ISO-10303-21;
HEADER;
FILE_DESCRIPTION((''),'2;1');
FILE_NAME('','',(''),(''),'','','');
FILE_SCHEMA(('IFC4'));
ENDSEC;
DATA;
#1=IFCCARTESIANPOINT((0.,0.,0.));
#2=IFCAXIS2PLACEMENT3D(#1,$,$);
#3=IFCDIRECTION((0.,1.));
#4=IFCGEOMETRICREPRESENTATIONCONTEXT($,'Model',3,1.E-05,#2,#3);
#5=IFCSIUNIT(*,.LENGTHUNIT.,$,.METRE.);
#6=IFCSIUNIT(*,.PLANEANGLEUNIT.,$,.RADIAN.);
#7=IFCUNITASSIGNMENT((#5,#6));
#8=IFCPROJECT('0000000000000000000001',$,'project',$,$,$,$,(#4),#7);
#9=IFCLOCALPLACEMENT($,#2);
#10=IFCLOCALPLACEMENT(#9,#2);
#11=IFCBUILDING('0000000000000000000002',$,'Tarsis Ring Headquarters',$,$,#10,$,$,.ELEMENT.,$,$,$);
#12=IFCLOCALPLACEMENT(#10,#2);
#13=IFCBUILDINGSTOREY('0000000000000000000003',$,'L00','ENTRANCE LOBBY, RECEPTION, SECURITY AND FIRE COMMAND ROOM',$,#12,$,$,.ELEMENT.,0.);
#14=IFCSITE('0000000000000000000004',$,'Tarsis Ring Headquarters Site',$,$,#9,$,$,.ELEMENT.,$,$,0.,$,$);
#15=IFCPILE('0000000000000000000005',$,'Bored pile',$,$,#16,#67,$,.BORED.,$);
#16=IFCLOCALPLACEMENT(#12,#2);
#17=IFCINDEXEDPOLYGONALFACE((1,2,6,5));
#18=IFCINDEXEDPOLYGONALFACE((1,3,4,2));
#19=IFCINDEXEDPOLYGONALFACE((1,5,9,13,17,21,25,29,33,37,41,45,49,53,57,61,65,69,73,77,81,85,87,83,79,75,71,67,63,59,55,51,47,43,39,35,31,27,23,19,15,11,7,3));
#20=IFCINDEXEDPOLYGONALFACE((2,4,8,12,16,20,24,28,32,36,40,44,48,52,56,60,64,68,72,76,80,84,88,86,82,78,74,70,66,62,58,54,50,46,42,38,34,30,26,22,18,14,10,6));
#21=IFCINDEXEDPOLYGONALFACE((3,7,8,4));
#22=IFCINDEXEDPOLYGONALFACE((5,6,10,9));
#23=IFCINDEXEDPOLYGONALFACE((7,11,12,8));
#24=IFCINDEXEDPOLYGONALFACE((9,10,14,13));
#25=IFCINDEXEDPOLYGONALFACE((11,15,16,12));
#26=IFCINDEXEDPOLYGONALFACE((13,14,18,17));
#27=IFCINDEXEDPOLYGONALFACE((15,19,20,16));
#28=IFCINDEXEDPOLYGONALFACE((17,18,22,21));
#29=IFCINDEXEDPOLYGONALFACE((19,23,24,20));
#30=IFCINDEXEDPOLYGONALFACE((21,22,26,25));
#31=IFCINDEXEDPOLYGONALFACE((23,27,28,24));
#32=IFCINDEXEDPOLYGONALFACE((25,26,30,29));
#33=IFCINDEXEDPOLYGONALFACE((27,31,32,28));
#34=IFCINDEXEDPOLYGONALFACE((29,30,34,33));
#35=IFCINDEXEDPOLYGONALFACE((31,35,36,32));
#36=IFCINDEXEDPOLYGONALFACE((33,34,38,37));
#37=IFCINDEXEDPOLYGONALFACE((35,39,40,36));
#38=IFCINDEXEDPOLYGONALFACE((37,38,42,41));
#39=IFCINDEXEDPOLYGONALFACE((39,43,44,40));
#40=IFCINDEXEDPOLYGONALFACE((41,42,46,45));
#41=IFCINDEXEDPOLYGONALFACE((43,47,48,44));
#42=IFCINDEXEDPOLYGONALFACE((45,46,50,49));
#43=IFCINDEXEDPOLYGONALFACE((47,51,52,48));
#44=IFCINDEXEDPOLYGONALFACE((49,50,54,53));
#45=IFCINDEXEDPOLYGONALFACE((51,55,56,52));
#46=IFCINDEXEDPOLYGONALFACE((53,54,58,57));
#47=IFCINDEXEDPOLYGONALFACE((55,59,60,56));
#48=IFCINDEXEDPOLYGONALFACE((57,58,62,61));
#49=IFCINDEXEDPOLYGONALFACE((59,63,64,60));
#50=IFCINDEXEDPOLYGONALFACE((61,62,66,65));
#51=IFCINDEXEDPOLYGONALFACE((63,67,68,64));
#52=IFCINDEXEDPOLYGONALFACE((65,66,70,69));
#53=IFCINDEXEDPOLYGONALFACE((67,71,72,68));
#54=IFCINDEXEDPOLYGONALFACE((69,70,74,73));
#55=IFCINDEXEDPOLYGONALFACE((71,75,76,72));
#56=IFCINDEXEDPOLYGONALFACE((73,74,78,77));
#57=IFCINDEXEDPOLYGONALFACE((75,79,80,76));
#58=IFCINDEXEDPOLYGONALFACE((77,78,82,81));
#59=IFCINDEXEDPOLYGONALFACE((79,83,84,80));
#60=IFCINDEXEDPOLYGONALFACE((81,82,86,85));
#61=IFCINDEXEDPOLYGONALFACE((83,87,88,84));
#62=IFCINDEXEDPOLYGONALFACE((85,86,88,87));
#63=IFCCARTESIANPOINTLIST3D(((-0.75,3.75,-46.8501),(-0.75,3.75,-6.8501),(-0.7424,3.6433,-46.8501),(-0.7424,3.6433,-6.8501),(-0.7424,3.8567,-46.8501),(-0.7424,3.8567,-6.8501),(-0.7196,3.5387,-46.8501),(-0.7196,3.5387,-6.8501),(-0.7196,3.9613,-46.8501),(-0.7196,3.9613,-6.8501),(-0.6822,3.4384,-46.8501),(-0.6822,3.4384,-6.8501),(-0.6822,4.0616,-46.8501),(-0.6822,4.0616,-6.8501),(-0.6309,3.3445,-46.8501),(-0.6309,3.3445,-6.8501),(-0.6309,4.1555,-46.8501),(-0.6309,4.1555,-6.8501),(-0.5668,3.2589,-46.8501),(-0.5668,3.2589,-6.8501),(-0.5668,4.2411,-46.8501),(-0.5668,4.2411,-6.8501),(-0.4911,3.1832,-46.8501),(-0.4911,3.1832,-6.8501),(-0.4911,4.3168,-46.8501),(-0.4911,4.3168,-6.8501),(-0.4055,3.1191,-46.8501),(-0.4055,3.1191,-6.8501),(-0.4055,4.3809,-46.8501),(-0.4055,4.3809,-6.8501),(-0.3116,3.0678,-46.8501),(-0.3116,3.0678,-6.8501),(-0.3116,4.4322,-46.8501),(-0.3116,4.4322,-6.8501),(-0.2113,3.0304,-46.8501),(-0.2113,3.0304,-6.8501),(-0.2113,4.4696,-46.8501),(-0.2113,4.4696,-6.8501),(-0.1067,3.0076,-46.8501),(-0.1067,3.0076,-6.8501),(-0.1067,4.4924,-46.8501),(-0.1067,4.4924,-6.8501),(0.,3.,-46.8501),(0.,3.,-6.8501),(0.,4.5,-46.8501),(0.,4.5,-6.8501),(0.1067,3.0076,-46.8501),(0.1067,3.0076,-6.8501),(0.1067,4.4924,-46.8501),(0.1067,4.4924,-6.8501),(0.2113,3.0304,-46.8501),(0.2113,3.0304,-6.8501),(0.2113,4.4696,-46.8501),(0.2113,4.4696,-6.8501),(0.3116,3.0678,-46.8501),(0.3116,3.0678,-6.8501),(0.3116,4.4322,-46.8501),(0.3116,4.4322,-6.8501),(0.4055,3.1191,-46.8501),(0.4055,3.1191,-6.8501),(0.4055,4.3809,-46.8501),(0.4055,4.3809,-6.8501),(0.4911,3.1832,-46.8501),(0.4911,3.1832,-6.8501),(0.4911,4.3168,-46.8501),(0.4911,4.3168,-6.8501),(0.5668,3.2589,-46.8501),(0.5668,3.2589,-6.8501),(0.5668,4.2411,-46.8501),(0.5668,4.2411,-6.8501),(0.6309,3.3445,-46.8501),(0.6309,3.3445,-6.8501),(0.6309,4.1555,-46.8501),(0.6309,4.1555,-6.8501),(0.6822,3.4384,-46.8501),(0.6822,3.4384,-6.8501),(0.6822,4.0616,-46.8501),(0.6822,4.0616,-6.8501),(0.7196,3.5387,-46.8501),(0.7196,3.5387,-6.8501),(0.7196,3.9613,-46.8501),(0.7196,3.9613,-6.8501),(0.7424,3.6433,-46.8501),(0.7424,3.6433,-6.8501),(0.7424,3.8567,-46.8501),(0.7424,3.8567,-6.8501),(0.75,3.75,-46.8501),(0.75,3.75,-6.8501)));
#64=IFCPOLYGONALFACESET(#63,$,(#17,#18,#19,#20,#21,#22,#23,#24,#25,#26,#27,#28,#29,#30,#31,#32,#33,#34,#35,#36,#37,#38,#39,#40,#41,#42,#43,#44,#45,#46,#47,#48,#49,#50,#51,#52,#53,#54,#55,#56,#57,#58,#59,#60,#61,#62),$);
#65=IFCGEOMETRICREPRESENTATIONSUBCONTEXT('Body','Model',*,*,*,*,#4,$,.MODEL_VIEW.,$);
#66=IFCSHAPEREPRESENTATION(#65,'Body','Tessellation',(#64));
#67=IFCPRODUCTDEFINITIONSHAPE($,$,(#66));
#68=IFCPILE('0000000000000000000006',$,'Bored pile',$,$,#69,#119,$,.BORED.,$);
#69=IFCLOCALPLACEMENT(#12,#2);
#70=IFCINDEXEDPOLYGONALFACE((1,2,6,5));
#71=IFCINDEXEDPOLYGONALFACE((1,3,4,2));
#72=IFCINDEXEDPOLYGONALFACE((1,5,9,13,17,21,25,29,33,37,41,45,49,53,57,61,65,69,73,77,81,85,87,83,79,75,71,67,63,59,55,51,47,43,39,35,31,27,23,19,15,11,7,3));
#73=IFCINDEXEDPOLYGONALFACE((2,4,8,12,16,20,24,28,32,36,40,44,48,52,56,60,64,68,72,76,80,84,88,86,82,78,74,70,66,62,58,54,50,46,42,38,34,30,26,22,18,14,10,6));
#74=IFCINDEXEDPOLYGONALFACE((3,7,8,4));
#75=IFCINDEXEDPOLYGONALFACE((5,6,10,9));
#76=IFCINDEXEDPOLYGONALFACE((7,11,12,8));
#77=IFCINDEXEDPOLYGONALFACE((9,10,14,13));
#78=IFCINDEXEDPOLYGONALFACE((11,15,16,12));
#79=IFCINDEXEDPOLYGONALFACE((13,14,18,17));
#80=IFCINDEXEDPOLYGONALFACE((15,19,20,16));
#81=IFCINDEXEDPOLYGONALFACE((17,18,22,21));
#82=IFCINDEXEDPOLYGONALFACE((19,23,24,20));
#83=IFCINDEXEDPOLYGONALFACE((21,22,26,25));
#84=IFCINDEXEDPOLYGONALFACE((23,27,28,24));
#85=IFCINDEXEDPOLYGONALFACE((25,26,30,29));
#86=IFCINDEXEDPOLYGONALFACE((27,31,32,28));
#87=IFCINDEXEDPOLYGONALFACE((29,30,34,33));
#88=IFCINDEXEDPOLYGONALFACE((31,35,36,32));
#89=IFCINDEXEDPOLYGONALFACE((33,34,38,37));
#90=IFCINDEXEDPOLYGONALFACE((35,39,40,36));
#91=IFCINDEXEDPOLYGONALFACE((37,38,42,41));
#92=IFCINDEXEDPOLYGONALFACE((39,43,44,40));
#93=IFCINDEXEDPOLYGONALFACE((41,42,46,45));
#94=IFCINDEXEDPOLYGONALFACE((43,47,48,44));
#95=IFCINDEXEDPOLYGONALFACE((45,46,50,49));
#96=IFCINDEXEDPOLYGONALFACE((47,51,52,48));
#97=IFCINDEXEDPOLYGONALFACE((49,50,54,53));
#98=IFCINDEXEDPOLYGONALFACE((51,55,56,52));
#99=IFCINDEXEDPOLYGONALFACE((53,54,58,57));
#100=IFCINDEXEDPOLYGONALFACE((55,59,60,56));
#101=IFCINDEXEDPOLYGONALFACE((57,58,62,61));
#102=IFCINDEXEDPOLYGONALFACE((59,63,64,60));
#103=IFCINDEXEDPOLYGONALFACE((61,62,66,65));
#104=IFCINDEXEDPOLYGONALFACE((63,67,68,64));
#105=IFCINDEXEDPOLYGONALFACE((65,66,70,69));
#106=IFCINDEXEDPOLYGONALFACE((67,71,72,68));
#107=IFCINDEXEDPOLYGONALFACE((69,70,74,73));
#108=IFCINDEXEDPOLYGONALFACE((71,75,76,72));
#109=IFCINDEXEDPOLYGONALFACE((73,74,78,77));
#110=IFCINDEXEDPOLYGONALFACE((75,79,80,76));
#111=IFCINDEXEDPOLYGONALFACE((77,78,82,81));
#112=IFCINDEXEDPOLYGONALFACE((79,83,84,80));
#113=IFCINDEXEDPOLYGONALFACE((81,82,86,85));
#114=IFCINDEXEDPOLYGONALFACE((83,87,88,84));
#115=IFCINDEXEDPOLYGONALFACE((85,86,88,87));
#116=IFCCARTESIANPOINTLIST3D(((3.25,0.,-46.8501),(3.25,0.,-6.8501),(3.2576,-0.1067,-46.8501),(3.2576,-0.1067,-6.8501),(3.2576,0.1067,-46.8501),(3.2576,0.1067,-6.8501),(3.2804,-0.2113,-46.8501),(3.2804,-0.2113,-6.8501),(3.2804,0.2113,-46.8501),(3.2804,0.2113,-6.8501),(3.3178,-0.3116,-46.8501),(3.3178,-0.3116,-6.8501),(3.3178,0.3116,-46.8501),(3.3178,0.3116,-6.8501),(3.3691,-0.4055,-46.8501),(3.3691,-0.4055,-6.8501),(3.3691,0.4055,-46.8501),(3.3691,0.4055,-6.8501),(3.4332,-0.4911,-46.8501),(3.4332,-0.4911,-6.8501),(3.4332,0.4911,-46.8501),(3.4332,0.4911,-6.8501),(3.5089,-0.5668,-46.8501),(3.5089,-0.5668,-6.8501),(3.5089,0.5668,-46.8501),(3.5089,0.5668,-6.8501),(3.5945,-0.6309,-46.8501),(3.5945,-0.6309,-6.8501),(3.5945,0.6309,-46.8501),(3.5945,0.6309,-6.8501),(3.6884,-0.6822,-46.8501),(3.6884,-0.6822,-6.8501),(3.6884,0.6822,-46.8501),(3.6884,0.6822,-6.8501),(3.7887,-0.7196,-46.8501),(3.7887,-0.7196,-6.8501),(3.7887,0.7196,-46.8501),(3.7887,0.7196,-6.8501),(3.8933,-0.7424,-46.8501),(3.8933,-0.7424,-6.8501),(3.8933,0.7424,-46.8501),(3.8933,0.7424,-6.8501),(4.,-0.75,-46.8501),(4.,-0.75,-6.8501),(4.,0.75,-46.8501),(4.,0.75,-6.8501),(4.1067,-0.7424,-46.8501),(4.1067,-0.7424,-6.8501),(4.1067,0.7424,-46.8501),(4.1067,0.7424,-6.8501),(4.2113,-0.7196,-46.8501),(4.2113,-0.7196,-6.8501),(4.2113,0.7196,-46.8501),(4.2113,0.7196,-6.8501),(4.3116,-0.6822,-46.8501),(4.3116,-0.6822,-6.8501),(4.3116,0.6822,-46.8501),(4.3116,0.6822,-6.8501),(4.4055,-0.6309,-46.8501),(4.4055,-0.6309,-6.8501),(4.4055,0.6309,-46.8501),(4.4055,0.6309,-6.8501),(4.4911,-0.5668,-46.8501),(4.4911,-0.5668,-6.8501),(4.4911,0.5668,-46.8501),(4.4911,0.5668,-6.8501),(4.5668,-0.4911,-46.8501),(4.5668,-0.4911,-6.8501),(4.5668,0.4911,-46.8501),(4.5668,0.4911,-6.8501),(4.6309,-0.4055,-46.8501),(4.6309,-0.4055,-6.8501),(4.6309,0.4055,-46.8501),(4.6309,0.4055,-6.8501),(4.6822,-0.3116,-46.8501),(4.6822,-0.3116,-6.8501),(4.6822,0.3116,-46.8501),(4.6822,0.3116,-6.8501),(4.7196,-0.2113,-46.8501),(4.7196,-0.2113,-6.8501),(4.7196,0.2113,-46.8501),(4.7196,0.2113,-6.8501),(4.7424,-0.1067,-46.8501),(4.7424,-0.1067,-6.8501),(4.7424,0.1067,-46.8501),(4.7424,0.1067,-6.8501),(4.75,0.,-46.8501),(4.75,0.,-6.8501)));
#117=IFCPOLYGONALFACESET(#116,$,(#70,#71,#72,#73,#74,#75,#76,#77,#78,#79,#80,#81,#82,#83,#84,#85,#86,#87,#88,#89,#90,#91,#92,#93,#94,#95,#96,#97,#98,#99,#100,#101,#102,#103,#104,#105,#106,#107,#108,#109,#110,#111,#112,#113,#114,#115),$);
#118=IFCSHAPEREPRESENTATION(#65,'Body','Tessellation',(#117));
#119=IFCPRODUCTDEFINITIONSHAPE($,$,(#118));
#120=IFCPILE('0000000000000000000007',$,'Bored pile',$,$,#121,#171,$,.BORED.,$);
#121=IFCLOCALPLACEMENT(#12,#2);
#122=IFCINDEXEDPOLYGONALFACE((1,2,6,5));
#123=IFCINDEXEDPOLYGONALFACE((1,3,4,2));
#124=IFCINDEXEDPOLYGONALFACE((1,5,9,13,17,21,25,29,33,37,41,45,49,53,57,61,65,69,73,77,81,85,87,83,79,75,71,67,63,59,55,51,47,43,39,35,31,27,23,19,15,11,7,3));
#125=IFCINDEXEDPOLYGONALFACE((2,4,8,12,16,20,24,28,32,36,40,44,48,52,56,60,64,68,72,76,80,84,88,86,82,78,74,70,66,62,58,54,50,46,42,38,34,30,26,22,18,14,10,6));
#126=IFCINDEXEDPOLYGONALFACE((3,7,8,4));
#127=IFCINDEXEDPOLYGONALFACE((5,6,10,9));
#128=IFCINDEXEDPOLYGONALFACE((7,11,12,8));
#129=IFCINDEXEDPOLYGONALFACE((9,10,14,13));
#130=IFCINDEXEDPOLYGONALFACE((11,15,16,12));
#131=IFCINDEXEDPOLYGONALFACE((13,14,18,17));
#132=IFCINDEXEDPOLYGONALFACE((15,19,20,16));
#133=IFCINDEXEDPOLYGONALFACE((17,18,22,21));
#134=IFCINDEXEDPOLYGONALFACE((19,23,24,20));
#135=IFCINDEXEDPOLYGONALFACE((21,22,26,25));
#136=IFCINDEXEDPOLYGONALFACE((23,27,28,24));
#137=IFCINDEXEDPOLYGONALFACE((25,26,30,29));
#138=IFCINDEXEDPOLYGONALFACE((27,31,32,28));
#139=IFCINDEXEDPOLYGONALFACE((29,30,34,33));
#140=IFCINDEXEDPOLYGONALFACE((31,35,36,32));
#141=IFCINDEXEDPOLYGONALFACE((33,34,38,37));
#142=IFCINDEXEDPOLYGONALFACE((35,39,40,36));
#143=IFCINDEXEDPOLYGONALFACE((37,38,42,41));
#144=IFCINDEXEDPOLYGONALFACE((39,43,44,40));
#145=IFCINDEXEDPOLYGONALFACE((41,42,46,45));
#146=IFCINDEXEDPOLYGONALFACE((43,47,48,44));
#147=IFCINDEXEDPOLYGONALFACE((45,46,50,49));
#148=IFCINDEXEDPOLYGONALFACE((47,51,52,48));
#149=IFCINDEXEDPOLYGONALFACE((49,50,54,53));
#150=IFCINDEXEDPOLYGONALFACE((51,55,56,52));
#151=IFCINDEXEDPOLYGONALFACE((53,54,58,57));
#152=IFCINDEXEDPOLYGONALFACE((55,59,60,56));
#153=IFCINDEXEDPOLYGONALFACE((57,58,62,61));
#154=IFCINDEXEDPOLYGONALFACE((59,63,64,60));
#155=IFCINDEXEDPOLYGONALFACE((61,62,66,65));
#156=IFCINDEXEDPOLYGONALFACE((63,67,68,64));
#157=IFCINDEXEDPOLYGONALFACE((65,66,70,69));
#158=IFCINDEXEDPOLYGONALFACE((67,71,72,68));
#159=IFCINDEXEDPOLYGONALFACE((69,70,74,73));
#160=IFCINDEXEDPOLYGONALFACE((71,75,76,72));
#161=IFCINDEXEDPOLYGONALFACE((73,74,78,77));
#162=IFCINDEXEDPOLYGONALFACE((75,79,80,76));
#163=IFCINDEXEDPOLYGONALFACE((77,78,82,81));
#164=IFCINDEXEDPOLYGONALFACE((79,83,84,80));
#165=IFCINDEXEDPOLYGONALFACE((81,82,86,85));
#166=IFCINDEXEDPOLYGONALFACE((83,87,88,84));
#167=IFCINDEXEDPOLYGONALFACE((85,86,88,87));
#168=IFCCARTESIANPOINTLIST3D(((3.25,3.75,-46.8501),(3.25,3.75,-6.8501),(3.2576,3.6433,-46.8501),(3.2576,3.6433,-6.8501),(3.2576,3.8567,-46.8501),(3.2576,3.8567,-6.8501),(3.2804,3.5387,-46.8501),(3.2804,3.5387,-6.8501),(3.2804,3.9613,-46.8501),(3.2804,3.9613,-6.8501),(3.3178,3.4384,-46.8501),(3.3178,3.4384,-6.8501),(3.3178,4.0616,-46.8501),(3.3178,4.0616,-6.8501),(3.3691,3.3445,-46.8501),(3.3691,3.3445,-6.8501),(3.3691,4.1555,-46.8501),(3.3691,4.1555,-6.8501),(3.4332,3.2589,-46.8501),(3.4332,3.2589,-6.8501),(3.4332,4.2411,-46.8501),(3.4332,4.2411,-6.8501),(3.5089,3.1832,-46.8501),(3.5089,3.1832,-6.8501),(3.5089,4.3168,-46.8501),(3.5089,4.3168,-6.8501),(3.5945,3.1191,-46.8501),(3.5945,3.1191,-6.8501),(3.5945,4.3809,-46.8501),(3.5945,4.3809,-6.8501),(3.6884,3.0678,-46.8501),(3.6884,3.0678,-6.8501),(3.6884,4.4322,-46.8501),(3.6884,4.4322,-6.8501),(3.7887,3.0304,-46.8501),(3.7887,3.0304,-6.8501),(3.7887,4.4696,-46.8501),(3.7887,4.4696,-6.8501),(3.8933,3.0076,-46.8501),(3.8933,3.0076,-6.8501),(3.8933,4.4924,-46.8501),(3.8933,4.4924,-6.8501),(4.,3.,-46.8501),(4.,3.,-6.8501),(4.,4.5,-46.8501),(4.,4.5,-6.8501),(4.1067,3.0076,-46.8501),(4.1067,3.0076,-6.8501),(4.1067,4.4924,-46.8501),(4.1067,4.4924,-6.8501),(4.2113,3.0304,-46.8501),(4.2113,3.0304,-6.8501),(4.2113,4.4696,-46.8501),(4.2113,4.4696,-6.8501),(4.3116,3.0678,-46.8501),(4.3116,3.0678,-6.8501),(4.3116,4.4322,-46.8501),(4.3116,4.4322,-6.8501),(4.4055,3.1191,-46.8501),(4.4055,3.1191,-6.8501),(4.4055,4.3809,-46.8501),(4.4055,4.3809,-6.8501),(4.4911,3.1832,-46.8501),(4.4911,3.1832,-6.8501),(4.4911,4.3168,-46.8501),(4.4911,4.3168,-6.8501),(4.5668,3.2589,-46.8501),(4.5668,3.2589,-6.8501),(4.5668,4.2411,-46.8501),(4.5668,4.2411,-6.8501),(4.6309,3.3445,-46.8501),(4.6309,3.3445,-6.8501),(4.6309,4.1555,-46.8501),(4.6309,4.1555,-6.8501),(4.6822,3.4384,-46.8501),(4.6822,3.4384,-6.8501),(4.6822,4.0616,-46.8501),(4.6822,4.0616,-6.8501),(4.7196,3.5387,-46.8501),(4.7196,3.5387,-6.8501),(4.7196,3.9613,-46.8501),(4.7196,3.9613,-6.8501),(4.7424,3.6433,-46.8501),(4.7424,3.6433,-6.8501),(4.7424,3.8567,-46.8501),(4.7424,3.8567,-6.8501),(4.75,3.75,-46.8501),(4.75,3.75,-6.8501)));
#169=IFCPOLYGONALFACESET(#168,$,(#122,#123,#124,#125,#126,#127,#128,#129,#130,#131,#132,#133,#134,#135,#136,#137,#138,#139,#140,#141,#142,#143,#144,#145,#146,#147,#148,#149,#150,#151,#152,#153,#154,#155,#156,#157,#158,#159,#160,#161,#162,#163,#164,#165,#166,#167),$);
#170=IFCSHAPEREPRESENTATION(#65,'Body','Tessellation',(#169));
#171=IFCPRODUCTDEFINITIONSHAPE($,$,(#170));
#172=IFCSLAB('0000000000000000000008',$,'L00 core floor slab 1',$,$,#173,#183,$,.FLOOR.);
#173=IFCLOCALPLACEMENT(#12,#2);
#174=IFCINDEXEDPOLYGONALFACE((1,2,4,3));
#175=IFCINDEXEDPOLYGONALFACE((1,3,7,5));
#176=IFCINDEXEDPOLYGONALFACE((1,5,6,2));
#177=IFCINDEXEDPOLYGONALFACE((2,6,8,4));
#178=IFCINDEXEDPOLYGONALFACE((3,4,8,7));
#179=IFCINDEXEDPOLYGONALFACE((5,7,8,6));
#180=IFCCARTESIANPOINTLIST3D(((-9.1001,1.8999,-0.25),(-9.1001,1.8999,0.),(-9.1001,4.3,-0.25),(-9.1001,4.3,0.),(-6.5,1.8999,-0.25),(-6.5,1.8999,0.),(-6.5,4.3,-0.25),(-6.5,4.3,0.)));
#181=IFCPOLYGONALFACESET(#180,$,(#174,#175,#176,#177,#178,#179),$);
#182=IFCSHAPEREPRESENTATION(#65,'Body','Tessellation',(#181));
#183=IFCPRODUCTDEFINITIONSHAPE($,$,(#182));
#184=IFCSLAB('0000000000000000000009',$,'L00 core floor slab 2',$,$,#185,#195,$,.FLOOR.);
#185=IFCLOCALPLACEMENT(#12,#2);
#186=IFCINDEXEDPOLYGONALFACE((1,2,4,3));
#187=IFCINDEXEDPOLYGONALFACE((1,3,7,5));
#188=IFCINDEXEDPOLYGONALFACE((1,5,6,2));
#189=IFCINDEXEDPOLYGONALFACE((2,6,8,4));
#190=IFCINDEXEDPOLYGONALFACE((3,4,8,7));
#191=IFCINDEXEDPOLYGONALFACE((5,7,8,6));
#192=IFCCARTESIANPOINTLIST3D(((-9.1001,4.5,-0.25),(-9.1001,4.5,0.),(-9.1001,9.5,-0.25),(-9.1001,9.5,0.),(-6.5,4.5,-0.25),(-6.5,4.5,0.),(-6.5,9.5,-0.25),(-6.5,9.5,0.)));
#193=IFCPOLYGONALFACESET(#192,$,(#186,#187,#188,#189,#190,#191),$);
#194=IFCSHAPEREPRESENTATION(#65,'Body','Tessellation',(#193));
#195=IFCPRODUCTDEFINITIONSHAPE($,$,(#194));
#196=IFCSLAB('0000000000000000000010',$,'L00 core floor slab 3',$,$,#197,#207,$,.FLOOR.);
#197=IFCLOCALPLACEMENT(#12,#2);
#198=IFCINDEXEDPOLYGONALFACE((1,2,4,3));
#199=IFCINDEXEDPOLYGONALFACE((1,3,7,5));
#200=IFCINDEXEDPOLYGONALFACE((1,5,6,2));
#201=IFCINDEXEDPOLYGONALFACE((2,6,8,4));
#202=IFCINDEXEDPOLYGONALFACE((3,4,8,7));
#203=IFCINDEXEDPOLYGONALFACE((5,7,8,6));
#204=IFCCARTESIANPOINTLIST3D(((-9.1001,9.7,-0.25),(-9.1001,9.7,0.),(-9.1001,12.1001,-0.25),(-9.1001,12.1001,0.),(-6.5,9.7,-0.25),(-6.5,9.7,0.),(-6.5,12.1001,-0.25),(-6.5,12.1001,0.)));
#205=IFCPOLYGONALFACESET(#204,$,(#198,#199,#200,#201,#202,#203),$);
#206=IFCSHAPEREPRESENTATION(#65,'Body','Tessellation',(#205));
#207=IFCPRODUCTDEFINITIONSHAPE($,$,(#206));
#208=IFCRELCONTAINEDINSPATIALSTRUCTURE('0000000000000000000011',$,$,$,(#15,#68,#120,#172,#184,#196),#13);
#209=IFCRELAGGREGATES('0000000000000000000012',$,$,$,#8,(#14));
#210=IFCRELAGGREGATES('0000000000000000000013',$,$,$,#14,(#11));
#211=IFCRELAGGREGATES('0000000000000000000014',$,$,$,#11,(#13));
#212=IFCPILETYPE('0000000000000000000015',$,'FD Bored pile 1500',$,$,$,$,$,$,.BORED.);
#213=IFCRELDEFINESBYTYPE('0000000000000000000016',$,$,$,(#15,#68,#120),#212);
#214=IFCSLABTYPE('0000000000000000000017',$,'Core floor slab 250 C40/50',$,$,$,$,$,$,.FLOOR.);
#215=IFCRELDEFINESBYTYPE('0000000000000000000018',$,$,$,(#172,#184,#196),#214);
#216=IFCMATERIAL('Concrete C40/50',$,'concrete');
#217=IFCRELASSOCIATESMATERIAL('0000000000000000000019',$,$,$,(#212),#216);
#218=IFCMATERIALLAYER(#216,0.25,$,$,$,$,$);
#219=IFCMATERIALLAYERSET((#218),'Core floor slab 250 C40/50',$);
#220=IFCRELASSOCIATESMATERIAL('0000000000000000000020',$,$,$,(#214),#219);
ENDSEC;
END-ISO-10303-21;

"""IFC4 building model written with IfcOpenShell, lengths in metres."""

from ifc_helpers import new_model, si_unit, direction, frame, origin, origin_2d, place, context, subcontext, project, spatial, polyline, circle, outline, extrude, material, layer, layer_set, material_profile, profile_set, type_object, element, save


model = new_model("IFC4")

# Units and contexts
model_context = context("Model", 3, precision=1e-05, world=origin(), true_north=direction((0.0, 1.0)))
body_context = subcontext(model_context, "Body", "Model", "MODEL_VIEW")
ifc_project = project(units=[si_unit("LENGTHUNIT", "METRE"), si_unit("PLANEANGLEUNIT", "RADIAN")], contexts=[model_context])

# Site, building, storey
site_placement = place(None, origin())
site = spatial("IfcSite", under=ifc_project, at=site_placement, Name="Tarsis Ring Headquarters Site", CompositionType="ELEMENT", RefElevation=0.0)
building_placement = place(site_placement, origin())
building = spatial("IfcBuilding", under=site, at=building_placement, Name="Tarsis Ring Headquarters", CompositionType="ELEMENT")
storey_placement = place(building_placement, origin())
storey = spatial("IfcBuildingStorey", under=building, at=storey_placement, Name="L00", Description="ENTRANCE LOBBY, RECEPTION, SECURITY AND FIRE COMMAND ROOM", CompositionType="ELEMENT", Elevation=0.0)

# Piles
ifc_material_1 = material(Name="Concrete C40/50", Category="concrete")
ifc_material_profile = material_profile(ifc_material_1, circle(Radius=0.75, at=origin_2d()), Name="BORED 1500")
ifc_profile_set = profile_set([ifc_material_profile], Name="Concrete C40/50")
pile_type = type_object("IfcPileType", Name="FD Bored pile 1500", PredefinedType="BORED", material=ifc_profile_set)
for number, where, z_axis, x_axis, name in (
    (1, (0.0, 3.75, -6.8501), (0.0, 0.0, -1.0), (1.0, 0.0, 0.0), "Bored pile"),
    (2, (4.0, 0.0, -6.8501), (0.0, 0.0, -1.0), (1.0, 0.0, 0.0), "Bored pile"),
    (3, (4.0, 3.75, -6.8501), (0.0, 0.0, -1.0), (1.0, 0.0, 0.0), "Bored pile"),
):
    element("IfcPile", number, at=place(storey_placement, frame(where, z_axis=z_axis, x_axis=x_axis)), inside=storey, type_object=pile_type, Name=name, PredefinedType="BORED", context=body_context, shape_type="SweptSolid", body=[
        extrude(circle(Radius=0.75, at=origin_2d()), origin(), (0.0, 0.0, 1.0), 40.0),
    ])

# Slabs
ifc_layer_1 = layer(ifc_material_1, 0.25)
ifc_layer_set_1 = layer_set([ifc_layer_1], Name="Core floor slab 250 C40/50")
slab_type_1 = type_object("IfcSlabType", Name="Core floor slab 250 C40/50", PredefinedType="FLOOR", material=ifc_layer_set_1)
slab_1_placement = place(storey_placement, frame((0.0, 0.0, -0.25)))
element("IfcSlab", 4, at=slab_1_placement, inside=storey, type_object=slab_type_1, Name="L00 core floor slab 1", PredefinedType="FLOOR", context=body_context, shape_type="SweptSolid", body=[
    extrude(outline(polyline([(-9.1001, 4.3), (-6.5, 4.3), (-6.5, 1.8999), (-9.1001, 1.8999), (-9.1001, 4.3)])), origin(), (0.0, 0.0, 1.0), 0.25),
])
slab_2_placement = place(storey_placement, frame((0.0, 0.0, -0.25)))
element("IfcSlab", 5, at=slab_2_placement, inside=storey, type_object=slab_type_1, Name="L00 core floor slab 2", PredefinedType="FLOOR", context=body_context, shape_type="SweptSolid", body=[
    extrude(outline(polyline([(-9.1001, 9.5), (-6.5, 9.5), (-6.5, 4.5), (-9.1001, 4.5), (-9.1001, 9.5)])), origin(), (0.0, 0.0, 1.0), 0.25),
])
slab_3_placement = place(storey_placement, frame((0.0, 0.0, -0.25)))
element("IfcSlab", 6, at=slab_3_placement, inside=storey, type_object=slab_type_1, Name="L00 core floor slab 3", PredefinedType="FLOOR", context=body_context, shape_type="SweptSolid", body=[
    extrude(outline(polyline([(-9.1001, 12.1001), (-6.5, 12.1001), (-6.5, 9.7), (-9.1001, 9.7), (-9.1001, 12.1001)])), origin(), (0.0, 0.0, 1.0), 0.25),
])

save(model, "model.ifc")
